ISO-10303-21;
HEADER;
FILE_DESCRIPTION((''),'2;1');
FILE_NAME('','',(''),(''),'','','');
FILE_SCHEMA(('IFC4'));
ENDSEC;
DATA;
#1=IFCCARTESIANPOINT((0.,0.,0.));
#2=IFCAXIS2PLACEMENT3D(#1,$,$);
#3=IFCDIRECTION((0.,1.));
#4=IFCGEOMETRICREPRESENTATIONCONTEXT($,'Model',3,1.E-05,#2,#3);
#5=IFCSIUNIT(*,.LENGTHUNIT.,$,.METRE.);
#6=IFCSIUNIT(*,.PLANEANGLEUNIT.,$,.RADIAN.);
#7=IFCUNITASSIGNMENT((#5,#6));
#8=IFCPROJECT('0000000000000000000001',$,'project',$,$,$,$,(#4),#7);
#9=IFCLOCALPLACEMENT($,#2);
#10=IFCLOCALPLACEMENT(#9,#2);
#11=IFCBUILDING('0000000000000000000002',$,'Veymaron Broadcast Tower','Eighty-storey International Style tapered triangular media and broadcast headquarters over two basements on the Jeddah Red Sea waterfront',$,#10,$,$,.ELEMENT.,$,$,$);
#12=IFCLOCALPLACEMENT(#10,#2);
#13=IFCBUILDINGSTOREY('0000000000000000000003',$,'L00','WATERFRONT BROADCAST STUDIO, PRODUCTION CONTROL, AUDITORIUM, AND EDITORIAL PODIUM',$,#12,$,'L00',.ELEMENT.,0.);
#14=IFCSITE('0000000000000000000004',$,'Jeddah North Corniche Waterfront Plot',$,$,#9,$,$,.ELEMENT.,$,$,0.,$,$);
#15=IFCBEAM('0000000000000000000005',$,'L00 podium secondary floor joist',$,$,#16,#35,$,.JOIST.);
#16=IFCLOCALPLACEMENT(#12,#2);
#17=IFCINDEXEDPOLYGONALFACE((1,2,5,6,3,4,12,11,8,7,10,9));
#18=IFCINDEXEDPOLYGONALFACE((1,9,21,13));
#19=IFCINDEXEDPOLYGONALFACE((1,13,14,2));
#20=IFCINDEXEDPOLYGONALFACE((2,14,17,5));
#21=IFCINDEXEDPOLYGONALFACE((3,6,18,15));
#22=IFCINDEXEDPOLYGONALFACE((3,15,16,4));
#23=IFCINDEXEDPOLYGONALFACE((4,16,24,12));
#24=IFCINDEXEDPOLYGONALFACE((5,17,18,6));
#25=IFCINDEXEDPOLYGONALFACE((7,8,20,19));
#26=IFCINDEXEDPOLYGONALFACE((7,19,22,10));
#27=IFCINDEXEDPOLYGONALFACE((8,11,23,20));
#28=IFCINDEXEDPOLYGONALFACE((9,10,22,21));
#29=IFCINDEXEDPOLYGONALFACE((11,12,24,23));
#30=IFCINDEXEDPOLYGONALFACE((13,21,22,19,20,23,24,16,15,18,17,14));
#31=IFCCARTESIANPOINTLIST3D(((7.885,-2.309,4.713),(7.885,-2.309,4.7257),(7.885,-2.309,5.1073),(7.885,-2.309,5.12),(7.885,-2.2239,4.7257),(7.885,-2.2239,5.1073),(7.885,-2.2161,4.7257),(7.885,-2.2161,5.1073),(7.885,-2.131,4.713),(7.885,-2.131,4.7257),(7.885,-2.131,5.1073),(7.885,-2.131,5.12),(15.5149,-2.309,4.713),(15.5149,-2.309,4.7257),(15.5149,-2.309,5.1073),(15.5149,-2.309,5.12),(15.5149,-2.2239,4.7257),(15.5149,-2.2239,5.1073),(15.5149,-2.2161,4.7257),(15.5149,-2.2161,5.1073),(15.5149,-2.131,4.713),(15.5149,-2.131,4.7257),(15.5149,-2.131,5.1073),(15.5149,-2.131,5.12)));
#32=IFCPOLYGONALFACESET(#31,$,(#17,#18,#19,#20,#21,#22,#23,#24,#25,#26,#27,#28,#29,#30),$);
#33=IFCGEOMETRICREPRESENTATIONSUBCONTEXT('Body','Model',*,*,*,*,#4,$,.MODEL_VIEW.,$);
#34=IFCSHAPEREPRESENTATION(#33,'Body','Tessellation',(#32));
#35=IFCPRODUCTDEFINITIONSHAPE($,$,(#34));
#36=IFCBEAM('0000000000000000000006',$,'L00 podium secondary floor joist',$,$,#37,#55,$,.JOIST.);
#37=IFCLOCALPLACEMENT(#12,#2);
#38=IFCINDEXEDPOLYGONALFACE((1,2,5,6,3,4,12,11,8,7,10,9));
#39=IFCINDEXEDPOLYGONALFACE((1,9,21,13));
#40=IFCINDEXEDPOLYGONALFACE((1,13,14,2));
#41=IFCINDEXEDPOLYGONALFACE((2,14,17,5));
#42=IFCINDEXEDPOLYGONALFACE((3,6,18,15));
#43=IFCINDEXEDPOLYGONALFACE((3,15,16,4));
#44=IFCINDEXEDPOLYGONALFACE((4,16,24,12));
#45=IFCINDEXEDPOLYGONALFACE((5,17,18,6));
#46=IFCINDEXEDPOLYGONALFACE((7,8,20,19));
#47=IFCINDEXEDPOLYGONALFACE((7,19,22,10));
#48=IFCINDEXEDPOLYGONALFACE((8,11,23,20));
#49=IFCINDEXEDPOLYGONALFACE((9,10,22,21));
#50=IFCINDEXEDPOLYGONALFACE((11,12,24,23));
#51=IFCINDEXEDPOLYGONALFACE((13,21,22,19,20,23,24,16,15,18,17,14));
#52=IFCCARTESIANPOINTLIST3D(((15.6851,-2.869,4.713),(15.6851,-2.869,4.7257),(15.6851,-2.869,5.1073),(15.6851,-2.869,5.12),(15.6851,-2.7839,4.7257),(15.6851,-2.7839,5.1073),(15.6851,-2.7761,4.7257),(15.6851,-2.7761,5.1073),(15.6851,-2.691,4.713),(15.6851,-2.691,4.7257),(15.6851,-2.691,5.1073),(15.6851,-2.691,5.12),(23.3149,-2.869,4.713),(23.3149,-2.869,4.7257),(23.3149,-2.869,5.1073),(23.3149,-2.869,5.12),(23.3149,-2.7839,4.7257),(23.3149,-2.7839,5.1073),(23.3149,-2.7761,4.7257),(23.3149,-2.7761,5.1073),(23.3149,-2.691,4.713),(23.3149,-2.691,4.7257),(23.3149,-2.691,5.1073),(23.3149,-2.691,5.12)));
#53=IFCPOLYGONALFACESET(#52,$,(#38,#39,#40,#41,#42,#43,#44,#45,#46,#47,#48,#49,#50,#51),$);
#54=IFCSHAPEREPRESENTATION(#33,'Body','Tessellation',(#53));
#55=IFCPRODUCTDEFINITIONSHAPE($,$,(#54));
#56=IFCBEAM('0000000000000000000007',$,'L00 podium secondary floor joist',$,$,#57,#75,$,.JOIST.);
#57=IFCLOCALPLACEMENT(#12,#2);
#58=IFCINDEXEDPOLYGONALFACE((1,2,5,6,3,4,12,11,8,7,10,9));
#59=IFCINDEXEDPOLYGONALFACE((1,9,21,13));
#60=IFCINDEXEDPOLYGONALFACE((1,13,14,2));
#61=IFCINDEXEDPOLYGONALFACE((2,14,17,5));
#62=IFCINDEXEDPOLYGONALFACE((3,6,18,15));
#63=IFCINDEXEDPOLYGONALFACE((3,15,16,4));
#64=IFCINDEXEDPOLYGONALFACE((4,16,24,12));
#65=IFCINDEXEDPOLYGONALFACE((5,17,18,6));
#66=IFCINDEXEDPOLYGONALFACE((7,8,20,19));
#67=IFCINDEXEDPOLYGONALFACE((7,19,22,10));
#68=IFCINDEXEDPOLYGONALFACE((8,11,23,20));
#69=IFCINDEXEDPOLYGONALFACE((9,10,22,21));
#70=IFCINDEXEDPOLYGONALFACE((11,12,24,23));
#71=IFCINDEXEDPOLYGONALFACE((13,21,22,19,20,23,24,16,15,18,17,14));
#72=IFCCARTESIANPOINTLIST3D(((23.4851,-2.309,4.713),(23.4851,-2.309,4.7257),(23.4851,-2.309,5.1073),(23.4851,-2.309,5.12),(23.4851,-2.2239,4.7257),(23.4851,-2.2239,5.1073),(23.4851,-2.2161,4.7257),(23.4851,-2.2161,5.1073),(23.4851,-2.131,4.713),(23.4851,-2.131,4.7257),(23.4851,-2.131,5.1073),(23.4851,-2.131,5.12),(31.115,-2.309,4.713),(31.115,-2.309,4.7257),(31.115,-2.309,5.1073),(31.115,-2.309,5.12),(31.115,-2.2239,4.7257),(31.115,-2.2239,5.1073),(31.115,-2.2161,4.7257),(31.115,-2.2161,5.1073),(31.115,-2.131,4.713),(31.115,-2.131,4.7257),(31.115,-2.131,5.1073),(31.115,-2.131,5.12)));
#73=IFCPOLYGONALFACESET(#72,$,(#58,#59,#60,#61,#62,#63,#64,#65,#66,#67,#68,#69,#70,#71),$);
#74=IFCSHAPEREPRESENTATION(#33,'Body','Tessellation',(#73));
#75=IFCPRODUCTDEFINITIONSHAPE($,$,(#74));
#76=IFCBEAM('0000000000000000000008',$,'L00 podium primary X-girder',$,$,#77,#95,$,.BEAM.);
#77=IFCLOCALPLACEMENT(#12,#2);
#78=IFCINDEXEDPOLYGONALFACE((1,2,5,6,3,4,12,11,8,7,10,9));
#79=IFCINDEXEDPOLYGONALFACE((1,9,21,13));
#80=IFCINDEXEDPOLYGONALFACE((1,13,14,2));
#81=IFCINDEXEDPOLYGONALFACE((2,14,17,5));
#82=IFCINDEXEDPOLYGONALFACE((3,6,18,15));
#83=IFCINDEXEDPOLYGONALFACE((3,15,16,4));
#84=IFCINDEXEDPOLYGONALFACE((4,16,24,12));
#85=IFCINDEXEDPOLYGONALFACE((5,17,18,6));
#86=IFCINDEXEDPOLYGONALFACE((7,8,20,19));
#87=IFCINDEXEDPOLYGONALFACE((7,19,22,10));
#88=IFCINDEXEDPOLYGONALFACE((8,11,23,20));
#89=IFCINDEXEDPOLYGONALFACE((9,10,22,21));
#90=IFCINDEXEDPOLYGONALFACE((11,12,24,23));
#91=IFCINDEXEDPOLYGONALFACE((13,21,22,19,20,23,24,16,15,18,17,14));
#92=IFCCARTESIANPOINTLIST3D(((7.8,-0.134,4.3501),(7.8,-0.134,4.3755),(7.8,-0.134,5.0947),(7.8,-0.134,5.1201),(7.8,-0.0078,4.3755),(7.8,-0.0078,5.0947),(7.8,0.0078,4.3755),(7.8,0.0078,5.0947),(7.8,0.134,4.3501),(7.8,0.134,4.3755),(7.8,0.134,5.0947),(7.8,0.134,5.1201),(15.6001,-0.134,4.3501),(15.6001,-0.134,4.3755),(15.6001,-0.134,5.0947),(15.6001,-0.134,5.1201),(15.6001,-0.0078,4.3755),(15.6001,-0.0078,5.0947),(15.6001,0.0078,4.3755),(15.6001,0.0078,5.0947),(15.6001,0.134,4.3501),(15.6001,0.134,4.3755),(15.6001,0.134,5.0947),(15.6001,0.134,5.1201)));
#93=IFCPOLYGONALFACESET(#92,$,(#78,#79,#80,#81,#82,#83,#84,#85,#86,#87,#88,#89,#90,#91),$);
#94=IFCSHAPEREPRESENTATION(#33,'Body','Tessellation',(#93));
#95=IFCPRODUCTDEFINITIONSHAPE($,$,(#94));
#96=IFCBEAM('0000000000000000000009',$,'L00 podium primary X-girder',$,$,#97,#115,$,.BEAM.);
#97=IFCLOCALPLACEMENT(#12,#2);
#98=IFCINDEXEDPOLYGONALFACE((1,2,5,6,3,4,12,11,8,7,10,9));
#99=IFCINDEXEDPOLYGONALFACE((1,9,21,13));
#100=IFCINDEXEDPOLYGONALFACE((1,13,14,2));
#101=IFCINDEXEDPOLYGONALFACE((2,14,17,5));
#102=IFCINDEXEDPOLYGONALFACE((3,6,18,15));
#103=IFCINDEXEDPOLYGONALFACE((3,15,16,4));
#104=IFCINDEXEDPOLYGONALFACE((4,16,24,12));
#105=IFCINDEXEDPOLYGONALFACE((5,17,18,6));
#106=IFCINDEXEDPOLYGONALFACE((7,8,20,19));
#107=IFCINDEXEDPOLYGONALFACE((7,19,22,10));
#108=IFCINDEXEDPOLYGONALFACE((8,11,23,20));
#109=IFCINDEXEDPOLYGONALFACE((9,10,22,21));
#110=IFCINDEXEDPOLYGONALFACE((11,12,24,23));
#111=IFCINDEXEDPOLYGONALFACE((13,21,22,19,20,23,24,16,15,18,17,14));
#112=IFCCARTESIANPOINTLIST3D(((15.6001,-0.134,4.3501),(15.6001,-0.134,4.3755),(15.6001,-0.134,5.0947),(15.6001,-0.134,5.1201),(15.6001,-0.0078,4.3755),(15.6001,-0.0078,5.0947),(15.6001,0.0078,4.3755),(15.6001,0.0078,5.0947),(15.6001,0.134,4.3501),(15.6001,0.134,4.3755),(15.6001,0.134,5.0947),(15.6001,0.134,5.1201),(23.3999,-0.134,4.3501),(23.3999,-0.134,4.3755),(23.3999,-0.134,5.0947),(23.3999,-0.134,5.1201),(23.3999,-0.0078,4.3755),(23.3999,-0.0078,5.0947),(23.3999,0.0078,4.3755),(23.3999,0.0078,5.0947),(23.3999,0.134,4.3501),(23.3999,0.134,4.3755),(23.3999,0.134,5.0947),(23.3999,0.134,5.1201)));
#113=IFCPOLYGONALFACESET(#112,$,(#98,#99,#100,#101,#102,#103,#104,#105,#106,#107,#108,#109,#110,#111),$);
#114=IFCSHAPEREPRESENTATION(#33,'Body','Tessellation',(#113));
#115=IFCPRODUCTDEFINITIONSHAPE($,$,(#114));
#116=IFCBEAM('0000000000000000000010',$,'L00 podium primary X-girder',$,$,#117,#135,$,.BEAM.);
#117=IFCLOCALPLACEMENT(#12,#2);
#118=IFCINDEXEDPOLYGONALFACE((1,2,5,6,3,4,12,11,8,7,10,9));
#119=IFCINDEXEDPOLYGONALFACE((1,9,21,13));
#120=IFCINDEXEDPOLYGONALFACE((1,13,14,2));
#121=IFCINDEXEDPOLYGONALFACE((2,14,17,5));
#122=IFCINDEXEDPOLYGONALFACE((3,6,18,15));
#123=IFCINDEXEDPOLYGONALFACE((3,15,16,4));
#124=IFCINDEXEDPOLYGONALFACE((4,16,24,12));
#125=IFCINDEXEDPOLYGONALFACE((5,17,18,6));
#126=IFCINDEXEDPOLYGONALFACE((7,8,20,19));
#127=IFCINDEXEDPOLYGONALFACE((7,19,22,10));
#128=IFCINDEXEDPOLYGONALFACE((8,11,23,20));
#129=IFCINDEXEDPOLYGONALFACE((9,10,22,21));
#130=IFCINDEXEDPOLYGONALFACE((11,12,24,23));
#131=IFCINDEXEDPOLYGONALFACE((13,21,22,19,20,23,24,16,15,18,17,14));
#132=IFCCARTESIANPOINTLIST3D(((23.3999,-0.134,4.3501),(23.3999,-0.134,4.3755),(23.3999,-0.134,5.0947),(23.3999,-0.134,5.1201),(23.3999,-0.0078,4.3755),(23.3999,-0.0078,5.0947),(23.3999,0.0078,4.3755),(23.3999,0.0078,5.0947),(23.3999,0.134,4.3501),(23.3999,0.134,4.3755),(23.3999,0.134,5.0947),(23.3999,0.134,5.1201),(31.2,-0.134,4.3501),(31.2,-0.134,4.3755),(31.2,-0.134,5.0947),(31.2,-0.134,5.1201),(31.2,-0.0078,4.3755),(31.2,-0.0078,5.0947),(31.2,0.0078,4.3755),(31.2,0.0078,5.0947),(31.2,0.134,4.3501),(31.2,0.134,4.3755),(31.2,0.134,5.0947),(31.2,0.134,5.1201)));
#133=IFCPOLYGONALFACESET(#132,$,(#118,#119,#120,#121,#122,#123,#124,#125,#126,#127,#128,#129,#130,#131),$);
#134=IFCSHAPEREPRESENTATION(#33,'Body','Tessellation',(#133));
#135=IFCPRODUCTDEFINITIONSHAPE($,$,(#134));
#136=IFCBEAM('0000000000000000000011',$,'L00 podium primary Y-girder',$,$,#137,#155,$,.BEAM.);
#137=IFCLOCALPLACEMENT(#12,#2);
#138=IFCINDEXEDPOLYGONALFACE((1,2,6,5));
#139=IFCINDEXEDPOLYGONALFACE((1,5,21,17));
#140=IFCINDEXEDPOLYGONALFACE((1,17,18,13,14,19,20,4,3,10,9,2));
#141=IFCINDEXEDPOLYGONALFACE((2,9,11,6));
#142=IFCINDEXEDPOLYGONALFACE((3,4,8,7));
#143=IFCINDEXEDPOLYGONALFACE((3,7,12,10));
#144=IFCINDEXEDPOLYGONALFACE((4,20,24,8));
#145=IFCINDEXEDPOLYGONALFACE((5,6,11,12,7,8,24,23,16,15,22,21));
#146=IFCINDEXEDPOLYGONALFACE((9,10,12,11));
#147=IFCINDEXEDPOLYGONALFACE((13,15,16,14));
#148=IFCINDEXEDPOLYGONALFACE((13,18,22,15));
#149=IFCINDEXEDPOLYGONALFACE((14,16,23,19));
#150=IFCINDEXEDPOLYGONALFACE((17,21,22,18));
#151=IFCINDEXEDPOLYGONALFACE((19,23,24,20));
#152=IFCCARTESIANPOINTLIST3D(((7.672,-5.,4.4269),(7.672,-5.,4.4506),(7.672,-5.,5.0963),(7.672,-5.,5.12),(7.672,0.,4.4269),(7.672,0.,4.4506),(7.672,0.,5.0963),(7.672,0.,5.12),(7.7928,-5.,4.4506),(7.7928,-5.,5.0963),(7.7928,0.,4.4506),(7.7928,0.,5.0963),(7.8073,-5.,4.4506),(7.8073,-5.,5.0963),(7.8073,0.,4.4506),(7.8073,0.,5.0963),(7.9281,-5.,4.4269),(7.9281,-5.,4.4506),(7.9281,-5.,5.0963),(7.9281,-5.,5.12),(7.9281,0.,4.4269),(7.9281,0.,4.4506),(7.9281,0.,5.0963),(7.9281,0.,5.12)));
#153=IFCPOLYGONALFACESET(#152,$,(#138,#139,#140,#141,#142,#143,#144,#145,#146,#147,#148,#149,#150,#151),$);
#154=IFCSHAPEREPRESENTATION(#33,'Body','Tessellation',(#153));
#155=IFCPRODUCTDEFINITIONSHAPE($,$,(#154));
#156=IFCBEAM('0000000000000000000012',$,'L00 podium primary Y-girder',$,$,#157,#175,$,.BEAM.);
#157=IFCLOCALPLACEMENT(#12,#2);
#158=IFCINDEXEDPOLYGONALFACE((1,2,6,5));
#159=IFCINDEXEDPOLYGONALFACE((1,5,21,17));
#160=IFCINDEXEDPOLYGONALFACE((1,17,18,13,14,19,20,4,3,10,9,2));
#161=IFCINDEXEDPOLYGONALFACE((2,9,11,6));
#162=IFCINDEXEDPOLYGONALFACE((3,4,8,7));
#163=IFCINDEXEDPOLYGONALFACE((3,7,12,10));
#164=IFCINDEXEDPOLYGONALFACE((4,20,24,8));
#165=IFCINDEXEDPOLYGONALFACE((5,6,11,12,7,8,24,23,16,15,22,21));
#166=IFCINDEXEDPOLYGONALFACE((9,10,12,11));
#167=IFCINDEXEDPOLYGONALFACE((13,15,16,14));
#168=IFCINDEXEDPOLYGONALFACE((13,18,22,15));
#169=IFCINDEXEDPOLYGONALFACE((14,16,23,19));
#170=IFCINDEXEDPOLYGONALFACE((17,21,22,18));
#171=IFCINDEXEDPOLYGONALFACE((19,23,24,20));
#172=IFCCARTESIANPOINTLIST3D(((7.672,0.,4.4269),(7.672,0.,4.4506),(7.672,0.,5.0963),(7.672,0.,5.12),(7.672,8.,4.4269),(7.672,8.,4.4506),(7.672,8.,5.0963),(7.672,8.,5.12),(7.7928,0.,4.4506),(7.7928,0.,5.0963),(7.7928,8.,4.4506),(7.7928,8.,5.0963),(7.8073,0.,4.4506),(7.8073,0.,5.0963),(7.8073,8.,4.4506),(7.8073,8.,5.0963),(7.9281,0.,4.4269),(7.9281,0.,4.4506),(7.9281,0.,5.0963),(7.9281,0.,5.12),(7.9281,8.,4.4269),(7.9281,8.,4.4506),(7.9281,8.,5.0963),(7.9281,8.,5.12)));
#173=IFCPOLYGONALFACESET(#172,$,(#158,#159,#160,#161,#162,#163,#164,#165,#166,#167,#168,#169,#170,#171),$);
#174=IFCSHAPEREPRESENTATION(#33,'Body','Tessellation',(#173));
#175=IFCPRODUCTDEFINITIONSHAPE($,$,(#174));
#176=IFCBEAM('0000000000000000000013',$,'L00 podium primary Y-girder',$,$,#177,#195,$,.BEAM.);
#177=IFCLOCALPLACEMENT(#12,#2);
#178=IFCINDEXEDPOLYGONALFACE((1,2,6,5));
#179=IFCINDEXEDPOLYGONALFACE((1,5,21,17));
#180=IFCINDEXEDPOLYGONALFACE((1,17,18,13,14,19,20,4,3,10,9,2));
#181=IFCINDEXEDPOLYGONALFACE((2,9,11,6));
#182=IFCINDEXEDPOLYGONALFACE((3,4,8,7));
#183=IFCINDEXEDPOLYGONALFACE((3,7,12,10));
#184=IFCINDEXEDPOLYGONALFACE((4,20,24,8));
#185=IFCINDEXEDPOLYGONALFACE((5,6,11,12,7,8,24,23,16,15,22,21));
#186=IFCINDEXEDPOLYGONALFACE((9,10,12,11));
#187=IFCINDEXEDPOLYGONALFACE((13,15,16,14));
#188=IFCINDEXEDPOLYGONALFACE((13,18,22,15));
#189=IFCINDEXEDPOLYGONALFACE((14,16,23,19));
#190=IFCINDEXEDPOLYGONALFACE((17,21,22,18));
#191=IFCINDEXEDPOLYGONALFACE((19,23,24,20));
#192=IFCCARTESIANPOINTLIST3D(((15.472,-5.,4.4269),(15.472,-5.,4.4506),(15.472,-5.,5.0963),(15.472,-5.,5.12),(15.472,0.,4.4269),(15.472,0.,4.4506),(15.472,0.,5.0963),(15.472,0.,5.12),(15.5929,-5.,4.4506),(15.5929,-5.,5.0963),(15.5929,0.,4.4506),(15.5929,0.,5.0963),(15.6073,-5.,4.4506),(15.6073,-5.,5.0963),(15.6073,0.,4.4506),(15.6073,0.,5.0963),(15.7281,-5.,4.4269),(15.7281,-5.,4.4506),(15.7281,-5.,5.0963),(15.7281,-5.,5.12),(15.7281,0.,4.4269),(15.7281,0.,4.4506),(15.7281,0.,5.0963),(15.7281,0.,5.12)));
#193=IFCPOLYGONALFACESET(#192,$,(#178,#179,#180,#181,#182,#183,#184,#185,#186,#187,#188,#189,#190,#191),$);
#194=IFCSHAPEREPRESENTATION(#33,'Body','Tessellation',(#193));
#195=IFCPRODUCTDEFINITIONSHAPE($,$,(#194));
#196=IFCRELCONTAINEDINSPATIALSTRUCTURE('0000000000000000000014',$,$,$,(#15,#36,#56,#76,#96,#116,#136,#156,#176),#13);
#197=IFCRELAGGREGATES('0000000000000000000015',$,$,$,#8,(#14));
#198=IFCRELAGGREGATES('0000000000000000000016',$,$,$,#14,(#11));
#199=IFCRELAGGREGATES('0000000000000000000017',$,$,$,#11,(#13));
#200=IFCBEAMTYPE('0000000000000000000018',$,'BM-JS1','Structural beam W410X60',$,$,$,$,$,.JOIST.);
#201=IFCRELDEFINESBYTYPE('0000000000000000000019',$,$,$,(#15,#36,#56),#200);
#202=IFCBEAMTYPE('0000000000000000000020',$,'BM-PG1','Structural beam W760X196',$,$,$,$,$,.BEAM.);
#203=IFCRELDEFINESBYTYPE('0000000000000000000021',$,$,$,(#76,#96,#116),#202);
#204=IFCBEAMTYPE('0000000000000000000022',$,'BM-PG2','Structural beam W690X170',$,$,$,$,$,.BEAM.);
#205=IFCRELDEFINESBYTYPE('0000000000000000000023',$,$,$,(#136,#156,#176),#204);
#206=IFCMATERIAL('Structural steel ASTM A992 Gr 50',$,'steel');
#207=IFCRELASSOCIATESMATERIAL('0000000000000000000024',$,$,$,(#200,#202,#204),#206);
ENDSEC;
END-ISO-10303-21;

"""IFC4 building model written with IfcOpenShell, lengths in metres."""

from ifc_helpers import new_model, si_unit, direction, frame, origin, origin_2d, place, context, subcontext, project, spatial, i_section, extrude, material, material_profile, profile_set, type_object, element, save


model = new_model("IFC4")

# Units and contexts
model_context = context("Model", 3, precision=1e-05, world=origin(), true_north=direction((0.0, 1.0)))
body_context = subcontext(model_context, "Body", "Model", "MODEL_VIEW")
ifc_project = project(units=[si_unit("LENGTHUNIT", "METRE"), si_unit("PLANEANGLEUNIT", "RADIAN")], contexts=[model_context])

# Site, building, storey
site_placement = place(None, origin())
site = spatial("IfcSite", under=ifc_project, at=site_placement, Name="Jeddah North Corniche Waterfront Plot", CompositionType="ELEMENT", RefElevation=0.0)
building_placement = place(site_placement, origin())
building = spatial("IfcBuilding", under=site, at=building_placement, Name="Veymaron Broadcast Tower", Description="Eighty-storey International Style tapered triangular media and broadcast headquarters over two basements on the Jeddah Red Sea waterfront", CompositionType="ELEMENT")
storey_placement = place(building_placement, origin())
storey = spatial("IfcBuildingStorey", under=building, at=storey_placement, Name="L00", Description="WATERFRONT BROADCAST STUDIO, PRODUCTION CONTROL, AUDITORIUM, AND EDITORIAL PODIUM", LongName="L00", CompositionType="ELEMENT", Elevation=0.0)

# Shared definitions
ifc_material_1 = material(Name="Structural steel ASTM A992 Gr 50", Category="steel")

# Beams
ifc_material_profile_1 = material_profile(ifc_material_1, i_section(OverallWidth=0.178, OverallDepth=0.407, WebThickness=0.0078, FlangeThickness=0.0127, at=origin_2d()), Name="W410X60")
ifc_profile_set_1 = profile_set([ifc_material_profile_1], Name="Structural steel ASTM A992 Gr 50")
beam_type_1 = type_object("IfcBeamType", Name="BM-JS1", Description="Structural beam W410X60", PredefinedType="JOIST", material=ifc_profile_set_1)
for number, where, z_axis, x_axis, name in (
    (1, (7.885, -2.22, 4.9165), (1.0, 0.0, 0.0), (0.0, 1.0, 0.0), "L00 podium secondary floor joist"),
    (2, (15.6851, -2.78, 4.9165), (1.0, 0.0, 0.0), (0.0, 1.0, 0.0), "L00 podium secondary floor joist"),
    (3, (23.4851, -2.22, 4.9165), (1.0, 0.0, 0.0), (0.0, 1.0, 0.0), "L00 podium secondary floor joist"),
):
    element("IfcBeam", number, at=place(storey_placement, frame(where, z_axis=z_axis, x_axis=x_axis)), inside=storey, type_object=beam_type_1, Name=name, PredefinedType="JOIST", context=body_context, shape_type="SweptSolid", body=[
        extrude(i_section(OverallWidth=0.178, OverallDepth=0.407, WebThickness=0.0078, FlangeThickness=0.0127, at=origin_2d()), origin(), (0.0, 0.0, 1.0), 7.6299),
    ])
ifc_material_profile_2 = material_profile(ifc_material_1, i_section(OverallWidth=0.2681, OverallDepth=0.77, WebThickness=0.0156, FlangeThickness=0.0254, at=origin_2d()), Name="W760X196")
ifc_profile_set_2 = profile_set([ifc_material_profile_2], Name="Structural steel ASTM A992 Gr 50")
beam_type_2 = type_object("IfcBeamType", Name="BM-PG1", Description="Structural beam W760X196", PredefinedType="BEAM", material=ifc_profile_set_2)
beam_1_placement = place(storey_placement, frame((7.8, 0.0, 4.7351), z_axis=(1.0, 0.0, 0.0), x_axis=(0.0, 1.0, 0.0)))
element("IfcBeam", 4, at=beam_1_placement, inside=storey, type_object=beam_type_2, Name="L00 podium primary X-girder", PredefinedType="BEAM", context=body_context, shape_type="SweptSolid", body=[
    extrude(i_section(OverallWidth=0.2681, OverallDepth=0.77, WebThickness=0.0156, FlangeThickness=0.0254, at=origin_2d()), origin(), (0.0, 0.0, 1.0), 7.8),
])
beam_2_placement = place(storey_placement, frame((15.6001, 0.0, 4.7351), z_axis=(1.0, 0.0, 0.0), x_axis=(0.0, 1.0, 0.0)))
element("IfcBeam", 5, at=beam_2_placement, inside=storey, type_object=beam_type_2, Name="L00 podium primary X-girder", PredefinedType="BEAM", context=body_context, shape_type="SweptSolid", body=[
    extrude(i_section(OverallWidth=0.2681, OverallDepth=0.77, WebThickness=0.0156, FlangeThickness=0.0254, at=origin_2d()), origin(), (0.0, 0.0, 1.0), 7.7998),
])
beam_3_placement = place(storey_placement, frame((23.3999, 0.0, 4.7351), z_axis=(1.0, 0.0, 0.0), x_axis=(0.0, 1.0, 0.0)))
element("IfcBeam", 6, at=beam_3_placement, inside=storey, type_object=beam_type_2, Name="L00 podium primary X-girder", PredefinedType="BEAM", context=body_context, shape_type="SweptSolid", body=[
    extrude(i_section(OverallWidth=0.2681, OverallDepth=0.77, WebThickness=0.0156, FlangeThickness=0.0254, at=origin_2d()), origin(), (0.0, 0.0, 1.0), 7.8),
])
ifc_material_profile_3 = material_profile(ifc_material_1, i_section(OverallWidth=0.2561, OverallDepth=0.6931, WebThickness=0.0144, FlangeThickness=0.0237, at=origin_2d()), Name="W690X170")
ifc_profile_set_3 = profile_set([ifc_material_profile_3], Name="Structural steel ASTM A992 Gr 50")
beam_type_3 = type_object("IfcBeamType", Name="BM-PG2", Description="Structural beam W690X170", PredefinedType="BEAM", material=ifc_profile_set_3)
beam_4_placement = place(storey_placement, frame((7.8, -5.0, 4.7734), z_axis=(0.0, 1.0, 0.0), x_axis=(-1.0, 0.0, 0.0)))
element("IfcBeam", 7, at=beam_4_placement, inside=storey, type_object=beam_type_3, Name="L00 podium primary Y-girder", PredefinedType="BEAM", context=body_context, shape_type="SweptSolid", body=[
    extrude(i_section(OverallWidth=0.2561, OverallDepth=0.6931, WebThickness=0.0144, FlangeThickness=0.0237, at=origin_2d()), origin(), (0.0, 0.0, 1.0), 5.0),
])
beam_5_placement = place(storey_placement, frame((7.8, 0.0, 4.7734), z_axis=(0.0, 1.0, 0.0), x_axis=(-1.0, 0.0, 0.0)))
element("IfcBeam", 8, at=beam_5_placement, inside=storey, type_object=beam_type_3, Name="L00 podium primary Y-girder", PredefinedType="BEAM", context=body_context, shape_type="SweptSolid", body=[
    extrude(i_section(OverallWidth=0.2561, OverallDepth=0.6931, WebThickness=0.0144, FlangeThickness=0.0237, at=origin_2d()), origin(), (0.0, 0.0, 1.0), 8.0),
])
beam_6_placement = place(storey_placement, frame((15.6001, -5.0, 4.7734), z_axis=(0.0, 1.0, 0.0), x_axis=(-1.0, 0.0, 0.0)))
element("IfcBeam", 9, at=beam_6_placement, inside=storey, type_object=beam_type_3, Name="L00 podium primary Y-girder", PredefinedType="BEAM", context=body_context, shape_type="SweptSolid", body=[
    extrude(i_section(OverallWidth=0.2561, OverallDepth=0.6931, WebThickness=0.0144, FlangeThickness=0.0237, at=origin_2d()), origin(), (0.0, 0.0, 1.0), 5.0),
])

save(model, "model.ifc")
